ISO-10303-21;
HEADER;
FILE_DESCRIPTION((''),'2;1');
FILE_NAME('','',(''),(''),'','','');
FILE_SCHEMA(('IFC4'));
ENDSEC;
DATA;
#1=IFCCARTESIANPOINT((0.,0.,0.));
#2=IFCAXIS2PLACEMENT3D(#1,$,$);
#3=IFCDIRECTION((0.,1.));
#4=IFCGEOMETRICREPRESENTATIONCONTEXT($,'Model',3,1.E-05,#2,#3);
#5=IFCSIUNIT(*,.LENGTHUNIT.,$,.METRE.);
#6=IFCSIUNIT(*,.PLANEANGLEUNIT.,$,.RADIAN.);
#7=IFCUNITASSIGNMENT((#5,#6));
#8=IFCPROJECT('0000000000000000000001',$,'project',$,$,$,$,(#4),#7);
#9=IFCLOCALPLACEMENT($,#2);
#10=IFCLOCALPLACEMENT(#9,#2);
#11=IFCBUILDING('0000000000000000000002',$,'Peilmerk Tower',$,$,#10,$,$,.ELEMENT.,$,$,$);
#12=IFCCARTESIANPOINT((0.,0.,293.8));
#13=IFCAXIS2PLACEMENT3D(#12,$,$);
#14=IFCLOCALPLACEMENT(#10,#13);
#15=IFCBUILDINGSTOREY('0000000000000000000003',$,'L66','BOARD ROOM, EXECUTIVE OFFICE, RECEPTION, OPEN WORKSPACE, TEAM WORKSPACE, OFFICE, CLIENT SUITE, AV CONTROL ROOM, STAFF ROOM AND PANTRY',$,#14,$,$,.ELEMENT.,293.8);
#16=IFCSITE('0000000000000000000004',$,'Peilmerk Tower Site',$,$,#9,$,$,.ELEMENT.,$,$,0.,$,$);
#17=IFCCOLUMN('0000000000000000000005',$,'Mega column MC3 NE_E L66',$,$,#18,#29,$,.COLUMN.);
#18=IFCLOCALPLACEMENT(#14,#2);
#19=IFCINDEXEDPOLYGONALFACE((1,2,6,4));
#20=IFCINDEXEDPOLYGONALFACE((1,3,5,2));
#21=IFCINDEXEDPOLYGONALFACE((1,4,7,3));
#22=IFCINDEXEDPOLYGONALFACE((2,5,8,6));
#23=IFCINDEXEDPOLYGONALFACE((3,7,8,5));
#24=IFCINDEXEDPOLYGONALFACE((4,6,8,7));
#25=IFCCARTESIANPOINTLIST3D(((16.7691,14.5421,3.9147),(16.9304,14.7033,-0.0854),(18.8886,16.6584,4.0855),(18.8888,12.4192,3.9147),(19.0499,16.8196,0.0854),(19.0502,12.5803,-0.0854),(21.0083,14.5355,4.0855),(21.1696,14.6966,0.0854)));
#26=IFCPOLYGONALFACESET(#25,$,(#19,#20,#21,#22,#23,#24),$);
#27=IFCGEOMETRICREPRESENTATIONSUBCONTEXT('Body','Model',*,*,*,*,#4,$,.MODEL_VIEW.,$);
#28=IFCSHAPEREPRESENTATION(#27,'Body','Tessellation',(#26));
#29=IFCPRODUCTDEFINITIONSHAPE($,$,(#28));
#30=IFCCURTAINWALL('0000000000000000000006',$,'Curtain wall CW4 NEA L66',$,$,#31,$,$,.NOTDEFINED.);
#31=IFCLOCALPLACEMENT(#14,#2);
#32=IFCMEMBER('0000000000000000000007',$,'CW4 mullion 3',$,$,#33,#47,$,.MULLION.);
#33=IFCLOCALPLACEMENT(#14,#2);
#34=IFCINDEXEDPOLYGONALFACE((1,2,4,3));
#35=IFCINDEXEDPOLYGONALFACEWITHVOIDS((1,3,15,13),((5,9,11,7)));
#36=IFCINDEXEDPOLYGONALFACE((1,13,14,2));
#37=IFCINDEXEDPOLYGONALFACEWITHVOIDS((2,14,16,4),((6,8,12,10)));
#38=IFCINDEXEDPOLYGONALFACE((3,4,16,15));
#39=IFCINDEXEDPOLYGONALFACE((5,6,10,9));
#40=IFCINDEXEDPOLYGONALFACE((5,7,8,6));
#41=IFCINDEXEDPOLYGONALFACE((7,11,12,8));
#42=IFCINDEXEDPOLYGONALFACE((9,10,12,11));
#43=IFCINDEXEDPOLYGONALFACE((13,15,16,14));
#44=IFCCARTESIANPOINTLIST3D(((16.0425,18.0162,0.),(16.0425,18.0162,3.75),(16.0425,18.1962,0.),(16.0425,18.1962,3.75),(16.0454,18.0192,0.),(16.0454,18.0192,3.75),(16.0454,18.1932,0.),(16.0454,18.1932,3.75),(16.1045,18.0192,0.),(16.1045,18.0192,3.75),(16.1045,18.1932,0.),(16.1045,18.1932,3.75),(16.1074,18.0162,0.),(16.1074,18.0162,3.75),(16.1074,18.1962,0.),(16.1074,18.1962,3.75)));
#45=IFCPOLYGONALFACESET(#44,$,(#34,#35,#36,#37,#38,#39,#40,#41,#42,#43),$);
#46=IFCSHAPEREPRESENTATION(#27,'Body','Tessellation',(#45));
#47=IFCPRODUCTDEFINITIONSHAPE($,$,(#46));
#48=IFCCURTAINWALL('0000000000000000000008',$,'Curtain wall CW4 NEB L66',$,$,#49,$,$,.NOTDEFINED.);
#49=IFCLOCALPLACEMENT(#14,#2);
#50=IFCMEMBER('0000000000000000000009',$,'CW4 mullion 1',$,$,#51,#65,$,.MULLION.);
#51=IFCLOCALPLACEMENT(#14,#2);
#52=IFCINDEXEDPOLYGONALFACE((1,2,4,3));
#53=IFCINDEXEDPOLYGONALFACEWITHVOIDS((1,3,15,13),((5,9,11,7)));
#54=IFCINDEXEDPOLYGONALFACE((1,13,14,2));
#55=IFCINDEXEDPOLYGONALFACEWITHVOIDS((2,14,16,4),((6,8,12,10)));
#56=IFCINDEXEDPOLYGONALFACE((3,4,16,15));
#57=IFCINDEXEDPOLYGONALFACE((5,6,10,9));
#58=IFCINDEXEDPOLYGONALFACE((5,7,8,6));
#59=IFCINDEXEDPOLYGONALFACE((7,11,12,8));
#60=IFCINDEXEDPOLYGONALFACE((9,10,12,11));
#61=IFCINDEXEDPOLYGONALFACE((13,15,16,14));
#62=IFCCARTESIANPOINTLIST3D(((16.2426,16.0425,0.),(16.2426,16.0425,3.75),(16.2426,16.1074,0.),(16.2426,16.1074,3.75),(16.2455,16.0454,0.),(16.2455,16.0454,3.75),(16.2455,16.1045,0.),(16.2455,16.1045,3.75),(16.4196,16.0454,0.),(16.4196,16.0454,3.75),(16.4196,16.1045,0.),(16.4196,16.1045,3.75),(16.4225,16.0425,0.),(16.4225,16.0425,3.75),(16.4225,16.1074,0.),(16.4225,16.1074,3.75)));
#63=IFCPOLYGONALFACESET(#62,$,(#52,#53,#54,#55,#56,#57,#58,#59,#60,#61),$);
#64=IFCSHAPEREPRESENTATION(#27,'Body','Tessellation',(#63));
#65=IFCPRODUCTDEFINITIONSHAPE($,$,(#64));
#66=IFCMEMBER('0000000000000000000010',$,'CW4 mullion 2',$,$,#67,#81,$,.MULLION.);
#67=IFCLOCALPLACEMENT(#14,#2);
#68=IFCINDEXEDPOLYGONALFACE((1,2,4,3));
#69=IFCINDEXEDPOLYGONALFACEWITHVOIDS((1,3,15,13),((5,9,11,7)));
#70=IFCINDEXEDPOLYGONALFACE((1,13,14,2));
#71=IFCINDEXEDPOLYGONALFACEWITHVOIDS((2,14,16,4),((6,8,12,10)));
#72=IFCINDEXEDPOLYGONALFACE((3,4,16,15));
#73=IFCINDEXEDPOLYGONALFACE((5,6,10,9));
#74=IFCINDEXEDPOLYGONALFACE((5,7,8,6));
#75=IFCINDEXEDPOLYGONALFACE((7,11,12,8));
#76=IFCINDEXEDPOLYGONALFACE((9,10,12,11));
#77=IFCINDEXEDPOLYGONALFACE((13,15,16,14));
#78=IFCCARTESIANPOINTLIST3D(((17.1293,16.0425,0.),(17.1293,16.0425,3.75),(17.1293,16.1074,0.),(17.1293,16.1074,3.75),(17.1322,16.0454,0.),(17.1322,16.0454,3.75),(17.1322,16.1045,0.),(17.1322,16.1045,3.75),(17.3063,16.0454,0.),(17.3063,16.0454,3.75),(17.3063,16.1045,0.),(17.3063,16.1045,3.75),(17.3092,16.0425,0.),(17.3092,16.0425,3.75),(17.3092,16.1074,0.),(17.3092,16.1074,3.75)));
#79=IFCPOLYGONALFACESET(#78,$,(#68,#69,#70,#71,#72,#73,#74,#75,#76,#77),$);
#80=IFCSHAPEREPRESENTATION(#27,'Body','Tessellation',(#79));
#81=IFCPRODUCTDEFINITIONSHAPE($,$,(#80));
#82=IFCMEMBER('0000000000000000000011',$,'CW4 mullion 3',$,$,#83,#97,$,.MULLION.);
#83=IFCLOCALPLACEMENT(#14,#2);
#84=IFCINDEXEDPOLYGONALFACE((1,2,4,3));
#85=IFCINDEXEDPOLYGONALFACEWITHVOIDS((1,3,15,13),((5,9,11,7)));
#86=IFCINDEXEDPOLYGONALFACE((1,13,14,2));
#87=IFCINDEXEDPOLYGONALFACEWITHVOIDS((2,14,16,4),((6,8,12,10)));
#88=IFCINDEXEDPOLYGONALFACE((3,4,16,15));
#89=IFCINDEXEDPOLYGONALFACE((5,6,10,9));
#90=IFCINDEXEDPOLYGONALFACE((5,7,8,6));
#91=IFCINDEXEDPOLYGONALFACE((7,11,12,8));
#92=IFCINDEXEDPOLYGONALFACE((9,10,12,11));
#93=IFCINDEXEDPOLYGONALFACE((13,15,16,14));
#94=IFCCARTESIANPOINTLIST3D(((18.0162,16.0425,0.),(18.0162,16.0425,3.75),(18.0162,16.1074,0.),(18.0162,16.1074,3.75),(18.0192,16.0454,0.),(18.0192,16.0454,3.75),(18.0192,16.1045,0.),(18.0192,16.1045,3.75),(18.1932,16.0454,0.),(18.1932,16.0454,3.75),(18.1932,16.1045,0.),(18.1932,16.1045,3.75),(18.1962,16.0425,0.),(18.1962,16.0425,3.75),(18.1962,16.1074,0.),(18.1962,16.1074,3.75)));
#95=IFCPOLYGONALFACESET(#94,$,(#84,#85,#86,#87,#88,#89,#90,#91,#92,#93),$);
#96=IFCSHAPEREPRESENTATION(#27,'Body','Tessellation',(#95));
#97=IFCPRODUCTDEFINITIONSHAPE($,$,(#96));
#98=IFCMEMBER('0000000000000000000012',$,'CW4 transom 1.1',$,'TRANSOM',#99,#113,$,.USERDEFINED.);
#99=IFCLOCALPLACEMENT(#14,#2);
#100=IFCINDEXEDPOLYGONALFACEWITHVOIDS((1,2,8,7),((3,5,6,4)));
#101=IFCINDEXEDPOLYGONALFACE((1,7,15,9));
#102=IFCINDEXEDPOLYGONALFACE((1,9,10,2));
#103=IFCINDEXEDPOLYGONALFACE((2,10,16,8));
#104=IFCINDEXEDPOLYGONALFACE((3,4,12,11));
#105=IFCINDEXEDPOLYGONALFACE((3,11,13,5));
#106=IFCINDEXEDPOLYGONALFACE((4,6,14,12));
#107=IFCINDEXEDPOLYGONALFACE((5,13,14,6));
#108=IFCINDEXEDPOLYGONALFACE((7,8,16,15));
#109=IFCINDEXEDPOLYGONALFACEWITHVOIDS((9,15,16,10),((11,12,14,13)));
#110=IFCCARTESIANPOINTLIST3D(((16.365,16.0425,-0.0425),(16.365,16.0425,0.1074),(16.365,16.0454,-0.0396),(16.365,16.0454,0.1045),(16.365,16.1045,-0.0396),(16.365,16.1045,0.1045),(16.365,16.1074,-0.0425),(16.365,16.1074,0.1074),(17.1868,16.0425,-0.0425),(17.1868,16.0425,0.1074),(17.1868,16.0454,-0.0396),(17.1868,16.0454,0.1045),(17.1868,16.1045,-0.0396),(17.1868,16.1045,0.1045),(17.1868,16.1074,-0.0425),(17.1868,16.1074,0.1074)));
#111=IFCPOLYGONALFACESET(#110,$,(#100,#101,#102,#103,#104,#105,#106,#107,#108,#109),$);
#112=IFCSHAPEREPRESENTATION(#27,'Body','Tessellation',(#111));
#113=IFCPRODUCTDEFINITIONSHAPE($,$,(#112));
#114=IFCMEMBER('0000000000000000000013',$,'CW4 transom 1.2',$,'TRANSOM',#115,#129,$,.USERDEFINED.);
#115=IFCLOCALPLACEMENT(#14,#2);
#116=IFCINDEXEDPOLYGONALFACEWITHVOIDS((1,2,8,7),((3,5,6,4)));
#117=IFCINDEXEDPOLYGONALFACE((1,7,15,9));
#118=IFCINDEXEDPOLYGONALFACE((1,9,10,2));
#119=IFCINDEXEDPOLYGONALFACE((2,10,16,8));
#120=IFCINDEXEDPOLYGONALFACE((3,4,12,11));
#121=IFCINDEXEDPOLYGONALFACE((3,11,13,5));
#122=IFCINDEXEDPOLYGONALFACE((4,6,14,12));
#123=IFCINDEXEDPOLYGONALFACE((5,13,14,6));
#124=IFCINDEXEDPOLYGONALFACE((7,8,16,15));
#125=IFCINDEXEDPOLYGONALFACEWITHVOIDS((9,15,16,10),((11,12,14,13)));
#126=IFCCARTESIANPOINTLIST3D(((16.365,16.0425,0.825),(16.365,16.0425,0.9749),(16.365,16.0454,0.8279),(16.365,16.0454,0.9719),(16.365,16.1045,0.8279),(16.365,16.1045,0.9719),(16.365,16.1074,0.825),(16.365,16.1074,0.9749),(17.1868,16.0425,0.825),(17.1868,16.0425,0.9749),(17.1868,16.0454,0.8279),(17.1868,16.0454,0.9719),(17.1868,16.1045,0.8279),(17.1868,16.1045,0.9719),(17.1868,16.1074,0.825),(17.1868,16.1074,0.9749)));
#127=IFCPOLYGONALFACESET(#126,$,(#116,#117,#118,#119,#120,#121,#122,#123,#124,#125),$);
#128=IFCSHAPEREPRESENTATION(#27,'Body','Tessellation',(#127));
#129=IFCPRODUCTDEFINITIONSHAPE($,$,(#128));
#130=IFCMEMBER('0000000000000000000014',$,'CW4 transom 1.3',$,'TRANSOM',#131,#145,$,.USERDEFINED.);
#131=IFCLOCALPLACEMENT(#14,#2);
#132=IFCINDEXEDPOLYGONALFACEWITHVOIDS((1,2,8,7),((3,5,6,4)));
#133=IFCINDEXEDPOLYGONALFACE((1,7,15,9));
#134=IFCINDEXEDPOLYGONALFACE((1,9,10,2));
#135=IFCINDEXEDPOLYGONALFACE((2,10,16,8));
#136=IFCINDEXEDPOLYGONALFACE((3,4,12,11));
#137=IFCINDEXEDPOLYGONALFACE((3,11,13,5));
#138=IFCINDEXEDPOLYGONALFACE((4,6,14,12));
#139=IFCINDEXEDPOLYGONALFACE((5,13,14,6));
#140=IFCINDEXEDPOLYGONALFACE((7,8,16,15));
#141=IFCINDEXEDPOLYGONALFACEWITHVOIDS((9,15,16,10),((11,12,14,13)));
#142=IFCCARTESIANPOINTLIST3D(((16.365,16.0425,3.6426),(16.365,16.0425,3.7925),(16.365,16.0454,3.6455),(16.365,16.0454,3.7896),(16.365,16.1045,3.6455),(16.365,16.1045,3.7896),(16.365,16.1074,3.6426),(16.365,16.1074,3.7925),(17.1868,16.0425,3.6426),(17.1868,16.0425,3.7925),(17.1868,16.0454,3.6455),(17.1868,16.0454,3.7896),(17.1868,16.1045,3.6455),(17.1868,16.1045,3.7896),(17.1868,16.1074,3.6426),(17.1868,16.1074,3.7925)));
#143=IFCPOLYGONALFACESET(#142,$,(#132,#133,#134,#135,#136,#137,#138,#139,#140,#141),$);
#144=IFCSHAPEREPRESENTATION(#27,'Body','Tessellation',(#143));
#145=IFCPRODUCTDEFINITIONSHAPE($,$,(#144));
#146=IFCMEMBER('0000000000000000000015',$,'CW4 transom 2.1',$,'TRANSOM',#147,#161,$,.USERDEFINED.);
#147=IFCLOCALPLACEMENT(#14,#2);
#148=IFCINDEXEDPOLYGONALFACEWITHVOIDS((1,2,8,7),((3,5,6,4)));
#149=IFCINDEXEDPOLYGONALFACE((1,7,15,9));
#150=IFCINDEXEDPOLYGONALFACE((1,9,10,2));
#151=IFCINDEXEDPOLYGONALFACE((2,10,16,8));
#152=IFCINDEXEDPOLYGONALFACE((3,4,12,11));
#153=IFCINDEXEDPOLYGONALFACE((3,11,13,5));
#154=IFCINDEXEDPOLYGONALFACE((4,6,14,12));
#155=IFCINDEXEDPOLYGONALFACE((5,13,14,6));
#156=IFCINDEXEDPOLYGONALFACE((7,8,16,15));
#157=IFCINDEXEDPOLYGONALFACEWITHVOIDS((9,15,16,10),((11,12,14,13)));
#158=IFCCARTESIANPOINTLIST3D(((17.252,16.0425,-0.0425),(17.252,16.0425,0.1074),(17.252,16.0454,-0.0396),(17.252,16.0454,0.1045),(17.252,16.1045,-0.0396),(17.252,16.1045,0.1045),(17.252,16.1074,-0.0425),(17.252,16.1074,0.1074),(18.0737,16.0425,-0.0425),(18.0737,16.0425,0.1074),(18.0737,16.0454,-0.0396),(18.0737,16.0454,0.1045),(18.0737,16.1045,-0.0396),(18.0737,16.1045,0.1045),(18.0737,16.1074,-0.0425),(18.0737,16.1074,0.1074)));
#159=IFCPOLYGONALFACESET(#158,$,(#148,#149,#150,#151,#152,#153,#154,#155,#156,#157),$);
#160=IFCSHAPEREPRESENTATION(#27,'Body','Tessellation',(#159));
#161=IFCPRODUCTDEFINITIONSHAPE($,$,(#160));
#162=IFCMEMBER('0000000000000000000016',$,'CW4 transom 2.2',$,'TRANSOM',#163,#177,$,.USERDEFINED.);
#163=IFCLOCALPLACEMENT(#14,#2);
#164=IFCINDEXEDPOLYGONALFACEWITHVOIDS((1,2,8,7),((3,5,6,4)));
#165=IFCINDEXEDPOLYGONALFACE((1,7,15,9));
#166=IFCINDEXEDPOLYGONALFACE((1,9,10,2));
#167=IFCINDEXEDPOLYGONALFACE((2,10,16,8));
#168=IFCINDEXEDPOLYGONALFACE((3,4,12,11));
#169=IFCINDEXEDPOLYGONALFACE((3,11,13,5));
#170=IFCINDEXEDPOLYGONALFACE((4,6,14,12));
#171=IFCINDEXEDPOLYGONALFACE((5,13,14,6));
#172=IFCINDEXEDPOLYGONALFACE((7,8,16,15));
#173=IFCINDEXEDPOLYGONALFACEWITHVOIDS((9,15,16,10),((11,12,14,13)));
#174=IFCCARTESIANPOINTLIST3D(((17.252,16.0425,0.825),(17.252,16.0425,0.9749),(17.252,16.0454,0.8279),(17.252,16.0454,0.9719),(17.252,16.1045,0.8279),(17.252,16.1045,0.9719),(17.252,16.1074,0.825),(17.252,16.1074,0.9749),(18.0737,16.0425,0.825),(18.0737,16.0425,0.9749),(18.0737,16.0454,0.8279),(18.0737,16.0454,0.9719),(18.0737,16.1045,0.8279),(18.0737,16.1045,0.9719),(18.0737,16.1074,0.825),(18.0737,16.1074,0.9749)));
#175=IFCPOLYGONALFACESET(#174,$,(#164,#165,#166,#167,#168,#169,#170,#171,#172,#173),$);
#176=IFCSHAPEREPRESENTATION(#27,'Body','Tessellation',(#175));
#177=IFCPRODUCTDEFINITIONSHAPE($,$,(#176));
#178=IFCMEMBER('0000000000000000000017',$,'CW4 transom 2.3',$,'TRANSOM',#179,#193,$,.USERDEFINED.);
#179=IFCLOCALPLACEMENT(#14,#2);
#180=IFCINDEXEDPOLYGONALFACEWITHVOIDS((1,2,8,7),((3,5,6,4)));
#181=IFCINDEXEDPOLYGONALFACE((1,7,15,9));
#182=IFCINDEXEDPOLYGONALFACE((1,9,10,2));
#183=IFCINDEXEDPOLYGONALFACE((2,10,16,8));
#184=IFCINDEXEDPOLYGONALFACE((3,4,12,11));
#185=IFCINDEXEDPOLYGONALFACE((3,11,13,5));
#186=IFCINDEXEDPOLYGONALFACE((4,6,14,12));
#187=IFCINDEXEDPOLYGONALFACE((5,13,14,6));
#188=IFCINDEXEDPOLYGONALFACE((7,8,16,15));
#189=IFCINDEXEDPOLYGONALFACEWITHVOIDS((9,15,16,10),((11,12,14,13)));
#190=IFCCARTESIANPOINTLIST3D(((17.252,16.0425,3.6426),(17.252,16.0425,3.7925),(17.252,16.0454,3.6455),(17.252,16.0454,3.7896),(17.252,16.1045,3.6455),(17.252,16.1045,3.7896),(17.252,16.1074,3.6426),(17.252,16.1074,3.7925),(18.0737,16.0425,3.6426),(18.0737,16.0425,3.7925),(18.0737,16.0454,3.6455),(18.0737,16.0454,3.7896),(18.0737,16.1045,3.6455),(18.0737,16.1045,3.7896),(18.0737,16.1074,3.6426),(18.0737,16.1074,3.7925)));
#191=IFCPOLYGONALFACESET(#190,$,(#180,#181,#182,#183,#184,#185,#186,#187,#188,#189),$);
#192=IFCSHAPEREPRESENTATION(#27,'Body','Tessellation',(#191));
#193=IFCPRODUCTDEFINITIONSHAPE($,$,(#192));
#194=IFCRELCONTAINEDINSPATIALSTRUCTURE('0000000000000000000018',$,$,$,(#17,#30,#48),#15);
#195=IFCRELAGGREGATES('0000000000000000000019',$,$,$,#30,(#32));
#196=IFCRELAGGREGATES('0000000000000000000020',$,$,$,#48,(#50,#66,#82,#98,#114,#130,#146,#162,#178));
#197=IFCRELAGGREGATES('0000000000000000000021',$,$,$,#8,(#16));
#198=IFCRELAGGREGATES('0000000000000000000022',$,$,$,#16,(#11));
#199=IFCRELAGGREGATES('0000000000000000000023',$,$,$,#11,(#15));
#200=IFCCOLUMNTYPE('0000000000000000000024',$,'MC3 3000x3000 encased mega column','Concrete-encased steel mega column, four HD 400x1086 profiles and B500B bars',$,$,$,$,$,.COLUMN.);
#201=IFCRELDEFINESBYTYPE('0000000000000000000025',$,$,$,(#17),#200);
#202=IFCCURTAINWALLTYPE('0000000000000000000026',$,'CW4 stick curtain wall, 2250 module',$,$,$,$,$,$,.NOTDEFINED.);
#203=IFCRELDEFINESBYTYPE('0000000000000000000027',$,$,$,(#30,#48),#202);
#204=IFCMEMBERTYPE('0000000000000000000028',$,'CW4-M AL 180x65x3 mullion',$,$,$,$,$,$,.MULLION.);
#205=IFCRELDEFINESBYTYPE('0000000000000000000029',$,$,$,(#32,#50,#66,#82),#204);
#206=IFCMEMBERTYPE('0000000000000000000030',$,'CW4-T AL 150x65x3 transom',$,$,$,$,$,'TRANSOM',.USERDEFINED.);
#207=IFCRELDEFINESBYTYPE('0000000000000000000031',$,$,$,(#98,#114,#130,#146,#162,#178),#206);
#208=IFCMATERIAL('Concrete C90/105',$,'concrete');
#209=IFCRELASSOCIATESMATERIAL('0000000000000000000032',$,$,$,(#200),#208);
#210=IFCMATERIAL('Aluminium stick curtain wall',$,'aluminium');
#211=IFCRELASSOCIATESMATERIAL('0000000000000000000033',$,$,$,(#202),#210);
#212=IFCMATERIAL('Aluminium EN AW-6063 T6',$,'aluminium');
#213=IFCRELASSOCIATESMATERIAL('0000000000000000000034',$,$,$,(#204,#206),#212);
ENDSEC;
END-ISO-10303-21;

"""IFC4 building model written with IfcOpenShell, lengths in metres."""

from ifc_helpers import new_model, si_unit, direction, frame, origin, origin_2d, place, context, subcontext, project, spatial, rectangle, hollow_rectangle, extrude, material, material_profile, profile_set, type_object, element, aggregate, save


model = new_model("IFC4")

# Units and contexts
model_context = context("Model", 3, precision=1e-05, world=origin(), true_north=direction((0.0, 1.0)))
body_context = subcontext(model_context, "Body", "Model", "MODEL_VIEW")
ifc_project = project(units=[si_unit("LENGTHUNIT", "METRE"), si_unit("PLANEANGLEUNIT", "RADIAN")], contexts=[model_context])

# Site, building, storey
site_placement = place(None, origin())
site = spatial("IfcSite", under=ifc_project, at=site_placement, Name="Peilmerk Tower Site", CompositionType="ELEMENT", RefElevation=0.0)
building_placement = place(site_placement, origin())
building = spatial("IfcBuilding", under=site, at=building_placement, Name="Peilmerk Tower", CompositionType="ELEMENT")
storey_placement = place(building_placement, frame((0.0, 0.0, 293.8)))
storey = spatial("IfcBuildingStorey", under=building, at=storey_placement, Name="L66", Description="BOARD ROOM, EXECUTIVE OFFICE, RECEPTION, OPEN WORKSPACE, TEAM WORKSPACE, OFFICE, CLIENT SUITE, AV CONTROL ROOM, STAFF ROOM AND PANTRY", CompositionType="ELEMENT", Elevation=293.8)

# Column
ifc_material_1 = material(Name="Concrete C90/105", Category="concrete")
ifc_material_profile_1 = material_profile(ifc_material_1, rectangle(XDim=3.0, YDim=3.0, at=origin_2d()), Name="RC 3000x3000")
ifc_profile_set_1 = profile_set([ifc_material_profile_1], Name="Concrete C90/105")
column_type = type_object("IfcColumnType", Name="MC3 3000x3000 encased mega column", Description="Concrete-encased steel mega column, four HD 400x1086 profiles and B500B bars", PredefinedType="COLUMN", material=ifc_profile_set_1)
column_placement = place(storey_placement, frame((19.05, 14.7, 0.0), z_axis=(-0.040279, -0.040218, 0.998379), x_axis=(0.706571, -0.707642, 0.0)))
element("IfcColumn", 1, at=column_placement, inside=storey, type_object=column_type, Name="Mega column MC3 NE_E L66", PredefinedType="COLUMN", context=body_context, shape_type="SweptSolid", body=[
    extrude(rectangle(XDim=3.0, YDim=3.0, at=origin_2d()), origin(), (0.0, 0.0, 1.0), 4.0066),
])

# Curtain wall, member
ifc_material_2 = material(Name="Aluminium stick curtain wall", Category="aluminium")
curtain_wall_type = type_object("IfcCurtainWallType", Name="CW4 stick curtain wall, 2250 module", PredefinedType="NOTDEFINED", material=ifc_material_2)
curtain_wall_1_placement = place(storey_placement, origin())
curtain_wall_1 = element("IfcCurtainWall", 2, at=curtain_wall_1_placement, inside=storey, type_object=curtain_wall_type, Name="Curtain wall CW4 NEA L66", PredefinedType="NOTDEFINED")
ifc_material_3 = material(Name="Aluminium EN AW-6063 T6", Category="aluminium")
ifc_material_profile_2 = material_profile(ifc_material_3, hollow_rectangle(XDim=0.0649, YDim=0.1799, WallThickness=0.0029, at=origin_2d()), Name="AL 180x65x3")
ifc_profile_set_2 = profile_set([ifc_material_profile_2], Name="Aluminium EN AW-6063 T6")
member_type_1 = type_object("IfcMemberType", Name="CW4-M AL 180x65x3 mullion", PredefinedType="MULLION", material=ifc_profile_set_2)
member_1_placement = place(storey_placement, frame((16.075, 18.1062, 0.0), z_axis=(0.0, 0.0, 1.0), x_axis=(-1.0, 0.0, 0.0)))
member_1 = element("IfcMember", 3, at=member_1_placement, type_object=member_type_1, Name="CW4 mullion 3", PredefinedType="MULLION", context=body_context, shape_type="SweptSolid", body=[
    extrude(hollow_rectangle(XDim=0.0649, YDim=0.1799, WallThickness=0.0029, at=origin_2d()), origin(), (0.0, 0.0, 1.0), 3.75),
])

# Curtain wall, members
curtain_wall_2_placement = place(storey_placement, origin())
curtain_wall_2 = element("IfcCurtainWall", 4, at=curtain_wall_2_placement, inside=storey, type_object=curtain_wall_type, Name="Curtain wall CW4 NEB L66", PredefinedType="NOTDEFINED")
member_2_placement = place(storey_placement, frame((16.3325, 16.075, 0.0), z_axis=(0.0, 0.0, 1.0), x_axis=(0.0, 1.0, 0.0)))
member_2 = element("IfcMember", 5, at=member_2_placement, type_object=member_type_1, Name="CW4 mullion 1", PredefinedType="MULLION", context=body_context, shape_type="SweptSolid", body=[
    extrude(hollow_rectangle(XDim=0.0649, YDim=0.1799, WallThickness=0.0029, at=origin_2d()), origin(), (0.0, 0.0, 1.0), 3.75),
])
member_3_placement = place(storey_placement, frame((17.2192, 16.075, 0.0), z_axis=(0.0, 0.0, 1.0), x_axis=(0.0, 1.0, 0.0)))
member_3 = element("IfcMember", 6, at=member_3_placement, type_object=member_type_1, Name="CW4 mullion 2", PredefinedType="MULLION", context=body_context, shape_type="SweptSolid", body=[
    extrude(hollow_rectangle(XDim=0.0649, YDim=0.1799, WallThickness=0.0029, at=origin_2d()), origin(), (0.0, 0.0, 1.0), 3.75),
])
member_4_placement = place(storey_placement, frame((18.1062, 16.075, 0.0), z_axis=(0.0, 0.0, 1.0), x_axis=(0.0, 1.0, 0.0)))
member_4 = element("IfcMember", 7, at=member_4_placement, type_object=member_type_1, Name="CW4 mullion 3", PredefinedType="MULLION", context=body_context, shape_type="SweptSolid", body=[
    extrude(hollow_rectangle(XDim=0.0649, YDim=0.1799, WallThickness=0.0029, at=origin_2d()), origin(), (0.0, 0.0, 1.0), 3.75),
])
ifc_material_profile_3 = material_profile(ifc_material_3, hollow_rectangle(XDim=0.0649, YDim=0.1499, WallThickness=0.0029, at=origin_2d()), Name="AL 150x65x3")
ifc_profile_set_3 = profile_set([ifc_material_profile_3], Name="Aluminium EN AW-6063 T6")
member_type_2 = type_object("IfcMemberType", Name="CW4-T AL 150x65x3 transom", ElementType="TRANSOM", PredefinedType="USERDEFINED", material=ifc_profile_set_3)
member_5_placement = place(storey_placement, frame((16.365, 16.075, 0.0325), z_axis=(1.0, 0.0, 0.0), x_axis=(0.0, 1.0, 0.0)))
member_5 = element("IfcMember", 8, at=member_5_placement, type_object=member_type_2, Name="CW4 transom 1.1", ObjectType="TRANSOM", PredefinedType="USERDEFINED", context=body_context, shape_type="SweptSolid", body=[
    extrude(hollow_rectangle(XDim=0.0649, YDim=0.1499, WallThickness=0.0029, at=origin_2d()), origin(), (0.0, 0.0, 1.0), 0.8218),
])
member_6_placement = place(storey_placement, frame((16.365, 16.075, 0.8999), z_axis=(1.0, 0.0, 0.0), x_axis=(0.0, 1.0, 0.0)))
member_6 = element("IfcMember", 9, at=member_6_placement, type_object=member_type_2, Name="CW4 transom 1.2", ObjectType="TRANSOM", PredefinedType="USERDEFINED", context=body_context, shape_type="SweptSolid", body=[
    extrude(hollow_rectangle(XDim=0.0649, YDim=0.1499, WallThickness=0.0029, at=origin_2d()), origin(), (0.0, 0.0, 1.0), 0.8218),
])
member_7_placement = place(storey_placement, frame((16.365, 16.075, 3.7175), z_axis=(1.0, 0.0, 0.0), x_axis=(0.0, 1.0, 0.0)))
member_7 = element("IfcMember", 10, at=member_7_placement, type_object=member_type_2, Name="CW4 transom 1.3", ObjectType="TRANSOM", PredefinedType="USERDEFINED", context=body_context, shape_type="SweptSolid", body=[
    extrude(hollow_rectangle(XDim=0.0649, YDim=0.1499, WallThickness=0.0029, at=origin_2d()), origin(), (0.0, 0.0, 1.0), 0.8218),
])
member_8_placement = place(storey_placement, frame((17.252, 16.075, 0.0325), z_axis=(1.0, 0.0, 0.0), x_axis=(0.0, 1.0, 0.0)))
member_8 = element("IfcMember", 11, at=member_8_placement, type_object=member_type_2, Name="CW4 transom 2.1", ObjectType="TRANSOM", PredefinedType="USERDEFINED", context=body_context, shape_type="SweptSolid", body=[
    extrude(hollow_rectangle(XDim=0.0649, YDim=0.1499, WallThickness=0.0029, at=origin_2d()), origin(), (0.0, 0.0, 1.0), 0.8218),
])
member_9_placement = place(storey_placement, frame((17.252, 16.075, 0.8999), z_axis=(1.0, 0.0, 0.0), x_axis=(0.0, 1.0, 0.0)))
member_9 = element("IfcMember", 12, at=member_9_placement, type_object=member_type_2, Name="CW4 transom 2.2", ObjectType="TRANSOM", PredefinedType="USERDEFINED", context=body_context, shape_type="SweptSolid", body=[
    extrude(hollow_rectangle(XDim=0.0649, YDim=0.1499, WallThickness=0.0029, at=origin_2d()), origin(), (0.0, 0.0, 1.0), 0.8218),
])
member_10_placement = place(storey_placement, frame((17.252, 16.075, 3.7175), z_axis=(1.0, 0.0, 0.0), x_axis=(0.0, 1.0, 0.0)))
member_10 = element("IfcMember", 13, at=member_10_placement, type_object=member_type_2, Name="CW4 transom 2.3", ObjectType="TRANSOM", PredefinedType="USERDEFINED", context=body_context, shape_type="SweptSolid", body=[
    extrude(hollow_rectangle(XDim=0.0649, YDim=0.1499, WallThickness=0.0029, at=origin_2d()), origin(), (0.0, 0.0, 1.0), 0.8218),
])

aggregate(curtain_wall_1, [member_1])
aggregate(curtain_wall_2, [member_2, member_3, member_4, member_5, member_6, member_7, member_8, member_9, member_10])

save(model, "model.ifc")
